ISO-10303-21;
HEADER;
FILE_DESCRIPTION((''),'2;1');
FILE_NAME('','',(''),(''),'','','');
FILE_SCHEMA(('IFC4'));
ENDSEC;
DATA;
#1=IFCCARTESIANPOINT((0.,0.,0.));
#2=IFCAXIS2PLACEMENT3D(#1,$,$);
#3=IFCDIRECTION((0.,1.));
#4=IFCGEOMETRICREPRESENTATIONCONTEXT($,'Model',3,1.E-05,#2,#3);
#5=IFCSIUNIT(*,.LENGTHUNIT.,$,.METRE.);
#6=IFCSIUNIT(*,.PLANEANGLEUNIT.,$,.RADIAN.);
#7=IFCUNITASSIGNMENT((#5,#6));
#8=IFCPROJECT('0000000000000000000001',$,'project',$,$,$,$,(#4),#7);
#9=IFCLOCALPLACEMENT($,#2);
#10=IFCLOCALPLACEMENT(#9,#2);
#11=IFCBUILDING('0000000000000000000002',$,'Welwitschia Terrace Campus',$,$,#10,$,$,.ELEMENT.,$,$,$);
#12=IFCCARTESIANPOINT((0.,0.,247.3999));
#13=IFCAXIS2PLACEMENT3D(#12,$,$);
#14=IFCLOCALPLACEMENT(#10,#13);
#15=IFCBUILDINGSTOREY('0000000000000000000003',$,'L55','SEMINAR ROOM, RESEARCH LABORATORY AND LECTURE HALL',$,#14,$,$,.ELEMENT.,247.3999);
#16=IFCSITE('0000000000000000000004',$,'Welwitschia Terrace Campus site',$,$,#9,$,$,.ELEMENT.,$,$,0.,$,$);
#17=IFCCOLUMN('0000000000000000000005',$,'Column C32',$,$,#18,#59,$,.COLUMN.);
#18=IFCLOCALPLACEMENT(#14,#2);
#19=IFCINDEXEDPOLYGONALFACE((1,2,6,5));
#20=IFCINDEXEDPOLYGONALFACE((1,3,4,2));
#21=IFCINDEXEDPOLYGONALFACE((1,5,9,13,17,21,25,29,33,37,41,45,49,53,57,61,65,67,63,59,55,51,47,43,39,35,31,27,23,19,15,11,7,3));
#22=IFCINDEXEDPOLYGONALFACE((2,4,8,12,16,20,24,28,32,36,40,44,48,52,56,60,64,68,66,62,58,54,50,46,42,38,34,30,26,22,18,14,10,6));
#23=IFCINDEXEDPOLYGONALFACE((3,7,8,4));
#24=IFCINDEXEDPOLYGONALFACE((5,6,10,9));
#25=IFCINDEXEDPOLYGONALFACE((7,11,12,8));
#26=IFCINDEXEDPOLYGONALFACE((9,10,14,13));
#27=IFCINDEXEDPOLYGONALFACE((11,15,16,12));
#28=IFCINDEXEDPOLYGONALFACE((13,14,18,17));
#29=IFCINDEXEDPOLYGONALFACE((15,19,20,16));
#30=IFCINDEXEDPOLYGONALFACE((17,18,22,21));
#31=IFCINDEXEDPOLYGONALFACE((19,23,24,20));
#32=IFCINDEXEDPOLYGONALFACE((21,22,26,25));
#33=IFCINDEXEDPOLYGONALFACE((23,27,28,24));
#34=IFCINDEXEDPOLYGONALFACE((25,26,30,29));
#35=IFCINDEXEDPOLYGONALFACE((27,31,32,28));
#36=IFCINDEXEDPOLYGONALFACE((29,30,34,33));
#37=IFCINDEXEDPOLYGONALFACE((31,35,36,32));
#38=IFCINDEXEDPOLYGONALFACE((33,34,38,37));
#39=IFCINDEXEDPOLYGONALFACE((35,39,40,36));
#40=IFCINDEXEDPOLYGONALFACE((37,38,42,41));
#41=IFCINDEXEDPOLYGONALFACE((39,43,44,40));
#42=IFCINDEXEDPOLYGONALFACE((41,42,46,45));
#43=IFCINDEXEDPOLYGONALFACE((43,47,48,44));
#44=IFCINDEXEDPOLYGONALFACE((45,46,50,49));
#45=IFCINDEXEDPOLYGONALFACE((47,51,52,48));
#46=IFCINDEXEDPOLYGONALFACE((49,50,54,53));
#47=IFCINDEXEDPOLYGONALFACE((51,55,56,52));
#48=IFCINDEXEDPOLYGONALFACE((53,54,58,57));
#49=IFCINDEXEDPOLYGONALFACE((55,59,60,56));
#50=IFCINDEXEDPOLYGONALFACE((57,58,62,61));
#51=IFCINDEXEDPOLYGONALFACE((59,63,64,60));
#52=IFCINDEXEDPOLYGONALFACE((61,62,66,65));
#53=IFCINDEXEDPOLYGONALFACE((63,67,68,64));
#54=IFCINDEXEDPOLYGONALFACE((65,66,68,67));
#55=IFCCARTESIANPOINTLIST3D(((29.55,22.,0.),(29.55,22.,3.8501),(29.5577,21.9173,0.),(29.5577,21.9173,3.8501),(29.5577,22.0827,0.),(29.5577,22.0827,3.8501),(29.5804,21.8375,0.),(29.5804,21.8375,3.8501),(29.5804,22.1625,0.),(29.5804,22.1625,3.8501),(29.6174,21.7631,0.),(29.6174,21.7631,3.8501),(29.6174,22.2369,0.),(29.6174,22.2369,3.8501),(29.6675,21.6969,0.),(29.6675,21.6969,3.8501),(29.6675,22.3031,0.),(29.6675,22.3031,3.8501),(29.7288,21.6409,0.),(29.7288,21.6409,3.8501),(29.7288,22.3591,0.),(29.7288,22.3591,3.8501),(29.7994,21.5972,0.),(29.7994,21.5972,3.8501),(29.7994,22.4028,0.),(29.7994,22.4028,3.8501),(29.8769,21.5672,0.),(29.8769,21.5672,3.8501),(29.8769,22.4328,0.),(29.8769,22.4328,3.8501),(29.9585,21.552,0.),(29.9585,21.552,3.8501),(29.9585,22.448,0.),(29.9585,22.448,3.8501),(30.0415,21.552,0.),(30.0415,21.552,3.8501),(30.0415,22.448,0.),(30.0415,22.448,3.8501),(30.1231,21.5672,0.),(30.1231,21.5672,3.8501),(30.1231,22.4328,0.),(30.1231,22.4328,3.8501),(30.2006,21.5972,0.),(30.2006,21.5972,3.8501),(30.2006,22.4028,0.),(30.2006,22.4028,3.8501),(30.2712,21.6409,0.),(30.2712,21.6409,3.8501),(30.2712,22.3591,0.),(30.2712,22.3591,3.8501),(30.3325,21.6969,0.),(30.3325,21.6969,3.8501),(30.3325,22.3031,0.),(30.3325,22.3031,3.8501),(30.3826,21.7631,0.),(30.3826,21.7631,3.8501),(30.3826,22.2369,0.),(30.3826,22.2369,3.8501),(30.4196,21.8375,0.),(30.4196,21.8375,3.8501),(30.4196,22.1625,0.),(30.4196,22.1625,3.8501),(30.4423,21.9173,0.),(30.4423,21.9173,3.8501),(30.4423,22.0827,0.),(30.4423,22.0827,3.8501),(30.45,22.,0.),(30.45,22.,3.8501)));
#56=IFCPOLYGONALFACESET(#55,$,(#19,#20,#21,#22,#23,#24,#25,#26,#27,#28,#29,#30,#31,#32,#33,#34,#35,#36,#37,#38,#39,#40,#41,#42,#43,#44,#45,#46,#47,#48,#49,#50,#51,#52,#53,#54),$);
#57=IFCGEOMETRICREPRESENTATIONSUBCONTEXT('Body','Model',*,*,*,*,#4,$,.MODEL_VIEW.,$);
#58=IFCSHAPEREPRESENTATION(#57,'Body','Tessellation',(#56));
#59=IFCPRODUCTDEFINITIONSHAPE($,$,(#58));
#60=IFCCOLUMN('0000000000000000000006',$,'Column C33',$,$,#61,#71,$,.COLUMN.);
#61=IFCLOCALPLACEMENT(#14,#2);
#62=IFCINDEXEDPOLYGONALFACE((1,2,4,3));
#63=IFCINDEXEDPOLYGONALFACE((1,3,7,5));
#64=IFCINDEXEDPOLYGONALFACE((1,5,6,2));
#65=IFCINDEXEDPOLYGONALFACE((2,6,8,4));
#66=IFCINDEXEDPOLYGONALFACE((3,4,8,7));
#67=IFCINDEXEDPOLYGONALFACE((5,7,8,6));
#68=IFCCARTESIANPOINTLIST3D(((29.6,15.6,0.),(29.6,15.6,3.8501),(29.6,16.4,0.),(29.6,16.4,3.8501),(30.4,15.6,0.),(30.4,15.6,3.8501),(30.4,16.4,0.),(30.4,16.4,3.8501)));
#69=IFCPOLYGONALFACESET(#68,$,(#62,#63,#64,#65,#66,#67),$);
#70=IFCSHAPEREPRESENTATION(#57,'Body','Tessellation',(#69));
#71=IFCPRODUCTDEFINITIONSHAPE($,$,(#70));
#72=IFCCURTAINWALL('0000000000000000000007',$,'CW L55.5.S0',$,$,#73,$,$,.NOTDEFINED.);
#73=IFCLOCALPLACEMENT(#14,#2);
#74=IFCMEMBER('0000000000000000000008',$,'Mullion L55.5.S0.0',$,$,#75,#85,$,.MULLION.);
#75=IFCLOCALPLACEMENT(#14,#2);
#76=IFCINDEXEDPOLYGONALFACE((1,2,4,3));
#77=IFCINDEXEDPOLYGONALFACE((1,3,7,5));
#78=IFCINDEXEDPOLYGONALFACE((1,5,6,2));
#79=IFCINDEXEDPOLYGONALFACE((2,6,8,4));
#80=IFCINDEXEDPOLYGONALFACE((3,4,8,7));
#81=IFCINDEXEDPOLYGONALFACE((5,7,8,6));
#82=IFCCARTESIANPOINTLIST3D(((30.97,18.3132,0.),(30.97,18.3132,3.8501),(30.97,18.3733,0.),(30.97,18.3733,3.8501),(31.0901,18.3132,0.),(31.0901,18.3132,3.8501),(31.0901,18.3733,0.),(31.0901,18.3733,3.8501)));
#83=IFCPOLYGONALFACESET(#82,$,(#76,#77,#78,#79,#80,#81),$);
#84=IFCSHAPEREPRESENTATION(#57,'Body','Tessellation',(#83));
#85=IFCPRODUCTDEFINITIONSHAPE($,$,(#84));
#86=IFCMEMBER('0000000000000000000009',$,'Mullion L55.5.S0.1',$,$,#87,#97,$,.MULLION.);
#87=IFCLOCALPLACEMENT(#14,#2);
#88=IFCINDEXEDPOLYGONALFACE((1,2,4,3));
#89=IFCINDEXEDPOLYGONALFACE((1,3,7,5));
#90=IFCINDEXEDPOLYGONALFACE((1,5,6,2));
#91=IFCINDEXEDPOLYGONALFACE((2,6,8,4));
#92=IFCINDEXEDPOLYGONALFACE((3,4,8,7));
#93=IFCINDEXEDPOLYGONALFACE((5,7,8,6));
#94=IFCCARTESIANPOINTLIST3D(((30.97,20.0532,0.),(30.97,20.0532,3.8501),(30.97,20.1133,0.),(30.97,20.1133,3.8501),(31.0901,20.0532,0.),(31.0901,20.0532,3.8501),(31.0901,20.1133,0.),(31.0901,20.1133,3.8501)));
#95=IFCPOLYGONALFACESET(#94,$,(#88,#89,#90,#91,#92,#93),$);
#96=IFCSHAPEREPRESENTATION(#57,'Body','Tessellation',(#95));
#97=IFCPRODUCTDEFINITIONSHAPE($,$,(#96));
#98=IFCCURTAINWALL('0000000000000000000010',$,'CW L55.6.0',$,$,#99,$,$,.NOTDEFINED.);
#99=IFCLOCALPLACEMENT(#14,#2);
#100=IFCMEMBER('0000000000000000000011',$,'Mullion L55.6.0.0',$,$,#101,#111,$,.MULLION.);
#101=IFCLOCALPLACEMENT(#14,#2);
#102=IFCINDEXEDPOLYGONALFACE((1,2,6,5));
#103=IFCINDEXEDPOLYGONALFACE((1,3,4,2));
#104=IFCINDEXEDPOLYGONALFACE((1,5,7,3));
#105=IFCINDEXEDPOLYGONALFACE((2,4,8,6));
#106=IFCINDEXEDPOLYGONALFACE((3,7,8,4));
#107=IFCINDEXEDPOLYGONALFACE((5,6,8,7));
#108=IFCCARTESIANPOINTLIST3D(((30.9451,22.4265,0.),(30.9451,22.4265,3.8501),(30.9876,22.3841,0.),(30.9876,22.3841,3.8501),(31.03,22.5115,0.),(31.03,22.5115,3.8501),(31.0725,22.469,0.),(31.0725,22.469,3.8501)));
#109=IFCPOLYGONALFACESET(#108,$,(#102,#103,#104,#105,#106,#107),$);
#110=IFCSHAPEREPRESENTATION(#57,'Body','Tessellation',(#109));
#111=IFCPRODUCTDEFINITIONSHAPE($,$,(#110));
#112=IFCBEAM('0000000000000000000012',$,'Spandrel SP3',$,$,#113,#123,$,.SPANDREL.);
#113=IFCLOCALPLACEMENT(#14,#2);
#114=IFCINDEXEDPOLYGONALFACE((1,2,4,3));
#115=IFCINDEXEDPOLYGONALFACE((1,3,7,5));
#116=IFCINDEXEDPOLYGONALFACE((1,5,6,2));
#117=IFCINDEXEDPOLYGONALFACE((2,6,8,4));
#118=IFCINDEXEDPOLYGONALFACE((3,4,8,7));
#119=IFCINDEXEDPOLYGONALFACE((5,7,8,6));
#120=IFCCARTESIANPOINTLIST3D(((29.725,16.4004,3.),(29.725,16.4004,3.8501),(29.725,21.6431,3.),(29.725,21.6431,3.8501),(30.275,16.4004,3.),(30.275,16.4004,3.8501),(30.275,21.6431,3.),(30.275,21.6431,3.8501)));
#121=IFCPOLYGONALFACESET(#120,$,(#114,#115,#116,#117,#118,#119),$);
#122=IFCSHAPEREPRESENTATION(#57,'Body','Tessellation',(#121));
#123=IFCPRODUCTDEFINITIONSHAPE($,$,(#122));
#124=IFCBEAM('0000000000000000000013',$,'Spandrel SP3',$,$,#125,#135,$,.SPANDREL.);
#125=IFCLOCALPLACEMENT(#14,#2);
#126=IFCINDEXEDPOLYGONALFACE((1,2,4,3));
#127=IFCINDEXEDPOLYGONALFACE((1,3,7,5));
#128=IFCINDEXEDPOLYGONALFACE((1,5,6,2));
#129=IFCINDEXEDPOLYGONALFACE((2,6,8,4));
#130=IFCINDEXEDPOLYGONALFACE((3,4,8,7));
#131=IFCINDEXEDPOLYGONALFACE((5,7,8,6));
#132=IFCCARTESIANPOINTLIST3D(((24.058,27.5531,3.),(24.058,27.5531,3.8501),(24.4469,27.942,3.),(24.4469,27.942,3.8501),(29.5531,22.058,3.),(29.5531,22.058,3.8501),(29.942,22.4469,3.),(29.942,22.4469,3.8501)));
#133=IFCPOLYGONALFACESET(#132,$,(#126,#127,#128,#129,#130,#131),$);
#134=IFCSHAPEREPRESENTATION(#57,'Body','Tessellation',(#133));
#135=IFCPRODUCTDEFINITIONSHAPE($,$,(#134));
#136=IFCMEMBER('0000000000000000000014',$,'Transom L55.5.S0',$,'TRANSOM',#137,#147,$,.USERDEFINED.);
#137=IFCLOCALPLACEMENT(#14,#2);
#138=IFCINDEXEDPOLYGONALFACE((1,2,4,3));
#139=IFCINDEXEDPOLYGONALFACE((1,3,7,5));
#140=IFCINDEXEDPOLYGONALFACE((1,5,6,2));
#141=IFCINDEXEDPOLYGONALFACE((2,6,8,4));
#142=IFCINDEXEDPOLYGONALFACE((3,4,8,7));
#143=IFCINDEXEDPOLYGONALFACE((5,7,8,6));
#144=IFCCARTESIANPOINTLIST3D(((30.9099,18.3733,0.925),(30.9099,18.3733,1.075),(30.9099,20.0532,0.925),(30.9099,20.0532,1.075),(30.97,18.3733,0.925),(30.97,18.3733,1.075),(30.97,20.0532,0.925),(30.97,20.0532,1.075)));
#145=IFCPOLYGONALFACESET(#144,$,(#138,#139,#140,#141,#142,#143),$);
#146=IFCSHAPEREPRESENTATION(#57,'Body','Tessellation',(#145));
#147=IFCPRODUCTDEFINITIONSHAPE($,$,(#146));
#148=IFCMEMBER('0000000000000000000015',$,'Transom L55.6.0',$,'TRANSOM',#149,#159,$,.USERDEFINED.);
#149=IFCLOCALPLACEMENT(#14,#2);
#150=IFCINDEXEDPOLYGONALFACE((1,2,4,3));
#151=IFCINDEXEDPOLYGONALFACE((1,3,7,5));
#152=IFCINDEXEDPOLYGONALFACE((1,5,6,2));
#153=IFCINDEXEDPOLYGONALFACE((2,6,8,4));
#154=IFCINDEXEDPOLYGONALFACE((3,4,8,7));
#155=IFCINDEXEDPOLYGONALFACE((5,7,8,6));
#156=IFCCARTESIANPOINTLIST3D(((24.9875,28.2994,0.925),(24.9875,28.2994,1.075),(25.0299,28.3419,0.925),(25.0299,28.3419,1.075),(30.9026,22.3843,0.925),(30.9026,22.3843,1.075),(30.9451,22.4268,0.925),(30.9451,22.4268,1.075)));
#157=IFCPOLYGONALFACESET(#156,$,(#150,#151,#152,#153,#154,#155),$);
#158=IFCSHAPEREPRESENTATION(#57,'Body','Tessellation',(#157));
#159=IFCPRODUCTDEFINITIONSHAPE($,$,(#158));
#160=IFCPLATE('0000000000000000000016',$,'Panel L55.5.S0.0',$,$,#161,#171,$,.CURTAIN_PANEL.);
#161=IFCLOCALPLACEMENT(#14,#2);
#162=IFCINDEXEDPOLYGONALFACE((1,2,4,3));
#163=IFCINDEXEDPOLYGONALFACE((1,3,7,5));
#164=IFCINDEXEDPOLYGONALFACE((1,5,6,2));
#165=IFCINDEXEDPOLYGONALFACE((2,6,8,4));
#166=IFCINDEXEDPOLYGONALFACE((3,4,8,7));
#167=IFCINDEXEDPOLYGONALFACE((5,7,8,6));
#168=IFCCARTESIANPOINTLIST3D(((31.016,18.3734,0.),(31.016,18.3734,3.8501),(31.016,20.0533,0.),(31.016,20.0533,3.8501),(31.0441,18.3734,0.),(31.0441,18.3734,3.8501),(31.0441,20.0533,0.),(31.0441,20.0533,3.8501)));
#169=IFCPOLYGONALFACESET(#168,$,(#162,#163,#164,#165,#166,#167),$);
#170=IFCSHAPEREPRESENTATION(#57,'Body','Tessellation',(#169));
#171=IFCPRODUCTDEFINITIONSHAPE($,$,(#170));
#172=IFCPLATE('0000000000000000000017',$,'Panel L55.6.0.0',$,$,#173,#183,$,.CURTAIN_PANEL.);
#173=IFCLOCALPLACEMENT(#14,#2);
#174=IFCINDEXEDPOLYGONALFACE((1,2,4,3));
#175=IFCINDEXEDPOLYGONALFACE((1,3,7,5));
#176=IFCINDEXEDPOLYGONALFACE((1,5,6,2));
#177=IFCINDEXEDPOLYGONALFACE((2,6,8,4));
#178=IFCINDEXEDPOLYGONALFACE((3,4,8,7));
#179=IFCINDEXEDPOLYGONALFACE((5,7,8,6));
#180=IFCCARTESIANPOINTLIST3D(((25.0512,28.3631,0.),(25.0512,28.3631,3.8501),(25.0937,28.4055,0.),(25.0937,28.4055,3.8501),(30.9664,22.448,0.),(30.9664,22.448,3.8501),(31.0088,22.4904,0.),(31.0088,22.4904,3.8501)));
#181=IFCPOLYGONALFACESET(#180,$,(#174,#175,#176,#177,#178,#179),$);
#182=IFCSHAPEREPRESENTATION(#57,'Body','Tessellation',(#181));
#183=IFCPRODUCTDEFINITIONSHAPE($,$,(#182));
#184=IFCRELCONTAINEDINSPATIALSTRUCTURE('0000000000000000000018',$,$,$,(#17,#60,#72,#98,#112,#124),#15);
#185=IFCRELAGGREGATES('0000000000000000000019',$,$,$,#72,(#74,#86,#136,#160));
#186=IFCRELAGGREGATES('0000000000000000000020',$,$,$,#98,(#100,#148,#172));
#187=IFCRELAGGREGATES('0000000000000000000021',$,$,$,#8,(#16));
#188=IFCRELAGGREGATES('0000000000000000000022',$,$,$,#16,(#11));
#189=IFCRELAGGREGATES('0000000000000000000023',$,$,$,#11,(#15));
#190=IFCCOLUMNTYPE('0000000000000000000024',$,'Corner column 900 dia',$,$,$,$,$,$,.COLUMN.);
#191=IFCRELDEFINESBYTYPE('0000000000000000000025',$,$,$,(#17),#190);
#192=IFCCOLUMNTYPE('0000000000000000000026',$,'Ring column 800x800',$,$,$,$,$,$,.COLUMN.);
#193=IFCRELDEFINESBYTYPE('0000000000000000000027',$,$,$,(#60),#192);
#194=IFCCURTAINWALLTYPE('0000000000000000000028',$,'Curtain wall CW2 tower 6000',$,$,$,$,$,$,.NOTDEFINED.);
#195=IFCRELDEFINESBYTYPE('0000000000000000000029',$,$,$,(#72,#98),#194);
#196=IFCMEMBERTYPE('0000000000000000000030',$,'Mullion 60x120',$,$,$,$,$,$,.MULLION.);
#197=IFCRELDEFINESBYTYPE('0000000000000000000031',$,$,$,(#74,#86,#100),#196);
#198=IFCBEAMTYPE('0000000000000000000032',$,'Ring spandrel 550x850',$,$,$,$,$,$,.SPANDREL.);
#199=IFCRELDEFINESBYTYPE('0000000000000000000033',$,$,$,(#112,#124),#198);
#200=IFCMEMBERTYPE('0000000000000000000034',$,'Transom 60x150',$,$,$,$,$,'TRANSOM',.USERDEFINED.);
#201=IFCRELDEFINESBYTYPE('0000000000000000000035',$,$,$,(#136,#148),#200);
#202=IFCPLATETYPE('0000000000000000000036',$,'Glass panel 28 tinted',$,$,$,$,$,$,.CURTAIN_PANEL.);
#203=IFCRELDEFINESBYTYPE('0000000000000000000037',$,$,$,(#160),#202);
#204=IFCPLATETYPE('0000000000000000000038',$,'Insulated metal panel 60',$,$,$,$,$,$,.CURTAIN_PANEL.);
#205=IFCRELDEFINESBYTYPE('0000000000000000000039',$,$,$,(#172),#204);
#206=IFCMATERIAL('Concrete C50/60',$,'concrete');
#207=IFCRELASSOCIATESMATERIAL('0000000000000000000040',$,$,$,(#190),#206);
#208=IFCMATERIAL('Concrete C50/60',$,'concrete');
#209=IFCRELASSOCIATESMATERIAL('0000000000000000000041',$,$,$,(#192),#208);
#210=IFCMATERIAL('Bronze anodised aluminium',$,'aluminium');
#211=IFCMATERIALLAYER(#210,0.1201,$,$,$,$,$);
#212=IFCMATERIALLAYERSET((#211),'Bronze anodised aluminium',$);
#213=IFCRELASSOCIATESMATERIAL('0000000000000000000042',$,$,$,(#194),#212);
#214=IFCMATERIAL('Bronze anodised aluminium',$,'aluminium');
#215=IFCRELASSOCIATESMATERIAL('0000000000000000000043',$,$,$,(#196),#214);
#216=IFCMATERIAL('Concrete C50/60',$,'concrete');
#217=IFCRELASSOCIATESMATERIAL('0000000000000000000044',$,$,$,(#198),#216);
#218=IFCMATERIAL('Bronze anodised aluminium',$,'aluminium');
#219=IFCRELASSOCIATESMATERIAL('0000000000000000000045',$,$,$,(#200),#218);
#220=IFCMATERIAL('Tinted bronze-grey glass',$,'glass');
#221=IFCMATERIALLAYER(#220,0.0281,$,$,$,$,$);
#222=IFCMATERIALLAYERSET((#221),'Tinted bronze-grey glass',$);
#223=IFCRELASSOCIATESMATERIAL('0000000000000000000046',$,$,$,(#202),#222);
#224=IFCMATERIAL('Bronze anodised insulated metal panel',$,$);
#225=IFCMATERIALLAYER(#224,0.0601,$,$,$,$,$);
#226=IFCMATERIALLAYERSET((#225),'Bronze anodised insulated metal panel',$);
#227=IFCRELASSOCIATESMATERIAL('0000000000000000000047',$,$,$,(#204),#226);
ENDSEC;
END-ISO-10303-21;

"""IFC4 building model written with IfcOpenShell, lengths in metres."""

from ifc_helpers import new_model, si_unit, direction, frame, origin, origin_2d, place, context, subcontext, project, spatial, rectangle, circle, extrude, material, layer, layer_set, material_profile, profile_set, type_object, element, aggregate, save


model = new_model("IFC4")

# Units and contexts
model_context = context("Model", 3, precision=1e-05, world=origin(), true_north=direction((0.0, 1.0)))
body_context = subcontext(model_context, "Body", "Model", "MODEL_VIEW")
ifc_project = project(units=[si_unit("LENGTHUNIT", "METRE"), si_unit("PLANEANGLEUNIT", "RADIAN")], contexts=[model_context])

# Site, building, storey
site_placement = place(None, origin())
site = spatial("IfcSite", under=ifc_project, at=site_placement, Name="Welwitschia Terrace Campus site", CompositionType="ELEMENT", RefElevation=0.0)
building_placement = place(site_placement, origin())
building = spatial("IfcBuilding", under=site, at=building_placement, Name="Welwitschia Terrace Campus", CompositionType="ELEMENT")
storey_placement = place(building_placement, frame((0.0, 0.0, 247.3999)))
storey = spatial("IfcBuildingStorey", under=building, at=storey_placement, Name="L55", Description="SEMINAR ROOM, RESEARCH LABORATORY AND LECTURE HALL", CompositionType="ELEMENT", Elevation=247.3999)

# Columns
ifc_material_1 = material(Name="Concrete C50/60", Category="concrete")
ifc_material_profile_1 = material_profile(ifc_material_1, circle(Radius=0.45, at=origin_2d()))
ifc_profile_set_1 = profile_set([ifc_material_profile_1], Name="Concrete C50/60")
column_type_1 = type_object("IfcColumnType", Name="Corner column 900 dia", PredefinedType="COLUMN", material=ifc_profile_set_1)
column_1_placement = place(storey_placement, frame((30.0, 22.0, 0.0), z_axis=(0.0, 0.0, 1.0), x_axis=(1.0, 0.0, 0.0)))
element("IfcColumn", 1, at=column_1_placement, inside=storey, type_object=column_type_1, Name="Column C32", PredefinedType="COLUMN", context=body_context, shape_type="SweptSolid", body=[
    extrude(circle(Radius=0.45, at=origin_2d()), origin(), (0.0, 0.0, 1.0), 3.8501),
])
ifc_material_2 = material(Name="Concrete C50/60", Category="concrete")
ifc_material_profile_2 = material_profile(ifc_material_2, rectangle(XDim=0.8, YDim=0.8, at=origin_2d()))
ifc_profile_set_2 = profile_set([ifc_material_profile_2], Name="Concrete C50/60")
column_type_2 = type_object("IfcColumnType", Name="Ring column 800x800", PredefinedType="COLUMN", material=ifc_profile_set_2)
column_2_placement = place(storey_placement, frame((30.0, 16.0, 0.0), z_axis=(0.0, 0.0, 1.0), x_axis=(1.0, 0.0, 0.0)))
element("IfcColumn", 2, at=column_2_placement, inside=storey, type_object=column_type_2, Name="Column C33", PredefinedType="COLUMN", context=body_context, shape_type="SweptSolid", body=[
    extrude(rectangle(XDim=0.8, YDim=0.8, at=origin_2d()), origin(), (0.0, 0.0, 1.0), 3.8501),
])

# Curtain wall, members
ifc_material_3 = material(Name="Bronze anodised aluminium", Category="aluminium")
ifc_layer_1 = layer(ifc_material_3, 0.1201)
ifc_layer_set_1 = layer_set([ifc_layer_1], Name="Bronze anodised aluminium")
curtain_wall_type = type_object("IfcCurtainWallType", Name="Curtain wall CW2 tower 6000", PredefinedType="NOTDEFINED", material=ifc_layer_set_1)
curtain_wall_1_placement = place(storey_placement, origin())
curtain_wall_1 = element("IfcCurtainWall", 3, at=curtain_wall_1_placement, inside=storey, type_object=curtain_wall_type, Name="CW L55.5.S0", PredefinedType="NOTDEFINED")
ifc_material_4 = material(Name="Bronze anodised aluminium", Category="aluminium")
ifc_material_profile_3 = material_profile(ifc_material_4, rectangle(XDim=0.1201, YDim=0.0601, at=origin_2d()))
ifc_profile_set_3 = profile_set([ifc_material_profile_3], Name="Bronze anodised aluminium")
member_type_1 = type_object("IfcMemberType", Name="Mullion 60x120", PredefinedType="MULLION", material=ifc_profile_set_3)
member_1_placement = place(storey_placement, frame((31.03, 18.3433, 0.0), z_axis=(0.0, 0.0, 1.0), x_axis=(-1.0, 0.0, 0.0)))
member_1 = element("IfcMember", 4, at=member_1_placement, type_object=member_type_1, Name="Mullion L55.5.S0.0", PredefinedType="MULLION", context=body_context, shape_type="SweptSolid", body=[
    extrude(rectangle(XDim=0.1201, YDim=0.0601, at=origin_2d()), origin(), (0.0, 0.0, 1.0), 3.8501),
])
member_2_placement = place(storey_placement, frame((31.03, 20.0833, 0.0), z_axis=(0.0, 0.0, 1.0), x_axis=(-1.0, 0.0, 0.0)))
member_2 = element("IfcMember", 5, at=member_2_placement, type_object=member_type_1, Name="Mullion L55.5.S0.1", PredefinedType="MULLION", context=body_context, shape_type="SweptSolid", body=[
    extrude(rectangle(XDim=0.1201, YDim=0.0601, at=origin_2d()), origin(), (0.0, 0.0, 1.0), 3.8501),
])

# Curtain wall, member
curtain_wall_2_placement = place(storey_placement, origin())
curtain_wall_2 = element("IfcCurtainWall", 6, at=curtain_wall_2_placement, inside=storey, type_object=curtain_wall_type, Name="CW L55.6.0", PredefinedType="NOTDEFINED")
member_3_placement = place(storey_placement, frame((31.0088, 22.4478, 0.0), z_axis=(0.0, 0.0, 1.0), x_axis=(-0.707107, -0.707107, 0.0)))
member_3 = element("IfcMember", 7, at=member_3_placement, type_object=member_type_1, Name="Mullion L55.6.0.0", PredefinedType="MULLION", context=body_context, shape_type="SweptSolid", body=[
    extrude(rectangle(XDim=0.1201, YDim=0.0601, at=origin_2d()), origin(), (0.0, 0.0, 1.0), 3.8501),
])

# Beams
ifc_material_5 = material(Name="Concrete C50/60", Category="concrete")
ifc_material_profile_4 = material_profile(ifc_material_5, rectangle(XDim=0.55, YDim=0.8501, at=origin_2d()))
ifc_profile_set_4 = profile_set([ifc_material_profile_4], Name="Concrete C50/60")
beam_type = type_object("IfcBeamType", Name="Ring spandrel 550x850", PredefinedType="SPANDREL", material=ifc_profile_set_4)
beam_1_placement = place(storey_placement, frame((30.0, 16.4004, 3.425), z_axis=(0.0, 1.0, 0.0), x_axis=(-1.0, 0.0, 0.0)))
element("IfcBeam", 8, at=beam_1_placement, inside=storey, type_object=beam_type, Name="Spandrel SP3", PredefinedType="SPANDREL", context=body_context, shape_type="SweptSolid", body=[
    extrude(rectangle(XDim=0.55, YDim=0.8501, at=origin_2d()), origin(), (0.0, 0.0, 1.0), 5.2427),
])
beam_2_placement = place(storey_placement, frame((29.7476, 22.2524, 3.425), z_axis=(-0.707107, 0.707107, 0.0), x_axis=(-0.707107, -0.707107, 0.0)))
element("IfcBeam", 9, at=beam_2_placement, inside=storey, type_object=beam_type, Name="Spandrel SP3", PredefinedType="SPANDREL", context=body_context, shape_type="SweptSolid", body=[
    extrude(rectangle(XDim=0.55, YDim=0.8501, at=origin_2d()), origin(), (0.0, 0.0, 1.0), 7.7712),
])

# Members
ifc_material_6 = material(Name="Bronze anodised aluminium", Category="aluminium")
ifc_material_profile_5 = material_profile(ifc_material_6, rectangle(XDim=0.0601, YDim=0.1499, at=origin_2d()))
ifc_profile_set_5 = profile_set([ifc_material_profile_5], Name="Bronze anodised aluminium")
member_type_2 = type_object("IfcMemberType", Name="Transom 60x150", ElementType="TRANSOM", PredefinedType="USERDEFINED", material=ifc_profile_set_5)
member_4_placement = place(storey_placement, frame((30.9399, 18.3733, 1.0), z_axis=(0.0, 1.0, 0.0), x_axis=(-1.0, 0.0, 0.0)))
member_4 = element("IfcMember", 10, at=member_4_placement, type_object=member_type_2, Name="Transom L55.5.S0", ObjectType="TRANSOM", PredefinedType="USERDEFINED", context=body_context, shape_type="SweptSolid", body=[
    extrude(rectangle(XDim=0.0601, YDim=0.1499, at=origin_2d()), origin(), (0.0, 0.0, 1.0), 1.6799),
])
member_5_placement = place(storey_placement, frame((30.9238, 22.4055, 1.0), z_axis=(-0.707107, 0.707107, 0.0), x_axis=(-0.707107, -0.707107, 0.0)))
member_5 = element("IfcMember", 11, at=member_5_placement, type_object=member_type_2, Name="Transom L55.6.0", ObjectType="TRANSOM", PredefinedType="USERDEFINED", context=body_context, shape_type="SweptSolid", body=[
    extrude(rectangle(XDim=0.0601, YDim=0.1499, at=origin_2d()), origin(), (0.0, 0.0, 1.0), 8.3652),
])

# Plates
ifc_material_7 = material(Name="Tinted bronze-grey glass", Category="glass")
ifc_layer_2 = layer(ifc_material_7, 0.0281)
ifc_layer_set_2 = layer_set([ifc_layer_2], Name="Tinted bronze-grey glass")
plate_type_1 = type_object("IfcPlateType", Name="Glass panel 28 tinted", PredefinedType="CURTAIN_PANEL", material=ifc_layer_set_2)
plate_1_placement = place(storey_placement, frame((31.03, 19.2134, 0.0), z_axis=(0.0, 0.0, 1.0), x_axis=(0.0, 1.0, 0.0)))
plate_1 = element("IfcPlate", 12, at=plate_1_placement, type_object=plate_type_1, Name="Panel L55.5.S0.0", PredefinedType="CURTAIN_PANEL", context=body_context, shape_type="SweptSolid", body=[
    extrude(rectangle(XDim=1.6799, YDim=0.0281, at=origin_2d()), origin(), (0.0, 0.0, 1.0), 3.8501),
])
aggregate(curtain_wall_1, [member_1, member_2, member_4, plate_1])
ifc_material_8 = material(Name="Bronze anodised insulated metal panel")
ifc_layer_3 = layer(ifc_material_8, 0.0601)
ifc_layer_set_3 = layer_set([ifc_layer_3], Name="Bronze anodised insulated metal panel")
plate_type_2 = type_object("IfcPlateType", Name="Insulated metal panel 60", PredefinedType="CURTAIN_PANEL", material=ifc_layer_set_3)
plate_2_placement = place(storey_placement, frame((28.03, 25.4268, 0.0), z_axis=(0.0, 0.0, 1.0), x_axis=(-0.707107, 0.707107, 0.0)))
plate_2 = element("IfcPlate", 13, at=plate_2_placement, type_object=plate_type_2, Name="Panel L55.6.0.0", PredefinedType="CURTAIN_PANEL", context=body_context, shape_type="SweptSolid", body=[
    extrude(rectangle(XDim=8.3652, YDim=0.0601, at=origin_2d()), origin(), (0.0, 0.0, 1.0), 3.8501),
])
aggregate(curtain_wall_2, [member_3, member_5, plate_2])

save(model, "model.ifc")
